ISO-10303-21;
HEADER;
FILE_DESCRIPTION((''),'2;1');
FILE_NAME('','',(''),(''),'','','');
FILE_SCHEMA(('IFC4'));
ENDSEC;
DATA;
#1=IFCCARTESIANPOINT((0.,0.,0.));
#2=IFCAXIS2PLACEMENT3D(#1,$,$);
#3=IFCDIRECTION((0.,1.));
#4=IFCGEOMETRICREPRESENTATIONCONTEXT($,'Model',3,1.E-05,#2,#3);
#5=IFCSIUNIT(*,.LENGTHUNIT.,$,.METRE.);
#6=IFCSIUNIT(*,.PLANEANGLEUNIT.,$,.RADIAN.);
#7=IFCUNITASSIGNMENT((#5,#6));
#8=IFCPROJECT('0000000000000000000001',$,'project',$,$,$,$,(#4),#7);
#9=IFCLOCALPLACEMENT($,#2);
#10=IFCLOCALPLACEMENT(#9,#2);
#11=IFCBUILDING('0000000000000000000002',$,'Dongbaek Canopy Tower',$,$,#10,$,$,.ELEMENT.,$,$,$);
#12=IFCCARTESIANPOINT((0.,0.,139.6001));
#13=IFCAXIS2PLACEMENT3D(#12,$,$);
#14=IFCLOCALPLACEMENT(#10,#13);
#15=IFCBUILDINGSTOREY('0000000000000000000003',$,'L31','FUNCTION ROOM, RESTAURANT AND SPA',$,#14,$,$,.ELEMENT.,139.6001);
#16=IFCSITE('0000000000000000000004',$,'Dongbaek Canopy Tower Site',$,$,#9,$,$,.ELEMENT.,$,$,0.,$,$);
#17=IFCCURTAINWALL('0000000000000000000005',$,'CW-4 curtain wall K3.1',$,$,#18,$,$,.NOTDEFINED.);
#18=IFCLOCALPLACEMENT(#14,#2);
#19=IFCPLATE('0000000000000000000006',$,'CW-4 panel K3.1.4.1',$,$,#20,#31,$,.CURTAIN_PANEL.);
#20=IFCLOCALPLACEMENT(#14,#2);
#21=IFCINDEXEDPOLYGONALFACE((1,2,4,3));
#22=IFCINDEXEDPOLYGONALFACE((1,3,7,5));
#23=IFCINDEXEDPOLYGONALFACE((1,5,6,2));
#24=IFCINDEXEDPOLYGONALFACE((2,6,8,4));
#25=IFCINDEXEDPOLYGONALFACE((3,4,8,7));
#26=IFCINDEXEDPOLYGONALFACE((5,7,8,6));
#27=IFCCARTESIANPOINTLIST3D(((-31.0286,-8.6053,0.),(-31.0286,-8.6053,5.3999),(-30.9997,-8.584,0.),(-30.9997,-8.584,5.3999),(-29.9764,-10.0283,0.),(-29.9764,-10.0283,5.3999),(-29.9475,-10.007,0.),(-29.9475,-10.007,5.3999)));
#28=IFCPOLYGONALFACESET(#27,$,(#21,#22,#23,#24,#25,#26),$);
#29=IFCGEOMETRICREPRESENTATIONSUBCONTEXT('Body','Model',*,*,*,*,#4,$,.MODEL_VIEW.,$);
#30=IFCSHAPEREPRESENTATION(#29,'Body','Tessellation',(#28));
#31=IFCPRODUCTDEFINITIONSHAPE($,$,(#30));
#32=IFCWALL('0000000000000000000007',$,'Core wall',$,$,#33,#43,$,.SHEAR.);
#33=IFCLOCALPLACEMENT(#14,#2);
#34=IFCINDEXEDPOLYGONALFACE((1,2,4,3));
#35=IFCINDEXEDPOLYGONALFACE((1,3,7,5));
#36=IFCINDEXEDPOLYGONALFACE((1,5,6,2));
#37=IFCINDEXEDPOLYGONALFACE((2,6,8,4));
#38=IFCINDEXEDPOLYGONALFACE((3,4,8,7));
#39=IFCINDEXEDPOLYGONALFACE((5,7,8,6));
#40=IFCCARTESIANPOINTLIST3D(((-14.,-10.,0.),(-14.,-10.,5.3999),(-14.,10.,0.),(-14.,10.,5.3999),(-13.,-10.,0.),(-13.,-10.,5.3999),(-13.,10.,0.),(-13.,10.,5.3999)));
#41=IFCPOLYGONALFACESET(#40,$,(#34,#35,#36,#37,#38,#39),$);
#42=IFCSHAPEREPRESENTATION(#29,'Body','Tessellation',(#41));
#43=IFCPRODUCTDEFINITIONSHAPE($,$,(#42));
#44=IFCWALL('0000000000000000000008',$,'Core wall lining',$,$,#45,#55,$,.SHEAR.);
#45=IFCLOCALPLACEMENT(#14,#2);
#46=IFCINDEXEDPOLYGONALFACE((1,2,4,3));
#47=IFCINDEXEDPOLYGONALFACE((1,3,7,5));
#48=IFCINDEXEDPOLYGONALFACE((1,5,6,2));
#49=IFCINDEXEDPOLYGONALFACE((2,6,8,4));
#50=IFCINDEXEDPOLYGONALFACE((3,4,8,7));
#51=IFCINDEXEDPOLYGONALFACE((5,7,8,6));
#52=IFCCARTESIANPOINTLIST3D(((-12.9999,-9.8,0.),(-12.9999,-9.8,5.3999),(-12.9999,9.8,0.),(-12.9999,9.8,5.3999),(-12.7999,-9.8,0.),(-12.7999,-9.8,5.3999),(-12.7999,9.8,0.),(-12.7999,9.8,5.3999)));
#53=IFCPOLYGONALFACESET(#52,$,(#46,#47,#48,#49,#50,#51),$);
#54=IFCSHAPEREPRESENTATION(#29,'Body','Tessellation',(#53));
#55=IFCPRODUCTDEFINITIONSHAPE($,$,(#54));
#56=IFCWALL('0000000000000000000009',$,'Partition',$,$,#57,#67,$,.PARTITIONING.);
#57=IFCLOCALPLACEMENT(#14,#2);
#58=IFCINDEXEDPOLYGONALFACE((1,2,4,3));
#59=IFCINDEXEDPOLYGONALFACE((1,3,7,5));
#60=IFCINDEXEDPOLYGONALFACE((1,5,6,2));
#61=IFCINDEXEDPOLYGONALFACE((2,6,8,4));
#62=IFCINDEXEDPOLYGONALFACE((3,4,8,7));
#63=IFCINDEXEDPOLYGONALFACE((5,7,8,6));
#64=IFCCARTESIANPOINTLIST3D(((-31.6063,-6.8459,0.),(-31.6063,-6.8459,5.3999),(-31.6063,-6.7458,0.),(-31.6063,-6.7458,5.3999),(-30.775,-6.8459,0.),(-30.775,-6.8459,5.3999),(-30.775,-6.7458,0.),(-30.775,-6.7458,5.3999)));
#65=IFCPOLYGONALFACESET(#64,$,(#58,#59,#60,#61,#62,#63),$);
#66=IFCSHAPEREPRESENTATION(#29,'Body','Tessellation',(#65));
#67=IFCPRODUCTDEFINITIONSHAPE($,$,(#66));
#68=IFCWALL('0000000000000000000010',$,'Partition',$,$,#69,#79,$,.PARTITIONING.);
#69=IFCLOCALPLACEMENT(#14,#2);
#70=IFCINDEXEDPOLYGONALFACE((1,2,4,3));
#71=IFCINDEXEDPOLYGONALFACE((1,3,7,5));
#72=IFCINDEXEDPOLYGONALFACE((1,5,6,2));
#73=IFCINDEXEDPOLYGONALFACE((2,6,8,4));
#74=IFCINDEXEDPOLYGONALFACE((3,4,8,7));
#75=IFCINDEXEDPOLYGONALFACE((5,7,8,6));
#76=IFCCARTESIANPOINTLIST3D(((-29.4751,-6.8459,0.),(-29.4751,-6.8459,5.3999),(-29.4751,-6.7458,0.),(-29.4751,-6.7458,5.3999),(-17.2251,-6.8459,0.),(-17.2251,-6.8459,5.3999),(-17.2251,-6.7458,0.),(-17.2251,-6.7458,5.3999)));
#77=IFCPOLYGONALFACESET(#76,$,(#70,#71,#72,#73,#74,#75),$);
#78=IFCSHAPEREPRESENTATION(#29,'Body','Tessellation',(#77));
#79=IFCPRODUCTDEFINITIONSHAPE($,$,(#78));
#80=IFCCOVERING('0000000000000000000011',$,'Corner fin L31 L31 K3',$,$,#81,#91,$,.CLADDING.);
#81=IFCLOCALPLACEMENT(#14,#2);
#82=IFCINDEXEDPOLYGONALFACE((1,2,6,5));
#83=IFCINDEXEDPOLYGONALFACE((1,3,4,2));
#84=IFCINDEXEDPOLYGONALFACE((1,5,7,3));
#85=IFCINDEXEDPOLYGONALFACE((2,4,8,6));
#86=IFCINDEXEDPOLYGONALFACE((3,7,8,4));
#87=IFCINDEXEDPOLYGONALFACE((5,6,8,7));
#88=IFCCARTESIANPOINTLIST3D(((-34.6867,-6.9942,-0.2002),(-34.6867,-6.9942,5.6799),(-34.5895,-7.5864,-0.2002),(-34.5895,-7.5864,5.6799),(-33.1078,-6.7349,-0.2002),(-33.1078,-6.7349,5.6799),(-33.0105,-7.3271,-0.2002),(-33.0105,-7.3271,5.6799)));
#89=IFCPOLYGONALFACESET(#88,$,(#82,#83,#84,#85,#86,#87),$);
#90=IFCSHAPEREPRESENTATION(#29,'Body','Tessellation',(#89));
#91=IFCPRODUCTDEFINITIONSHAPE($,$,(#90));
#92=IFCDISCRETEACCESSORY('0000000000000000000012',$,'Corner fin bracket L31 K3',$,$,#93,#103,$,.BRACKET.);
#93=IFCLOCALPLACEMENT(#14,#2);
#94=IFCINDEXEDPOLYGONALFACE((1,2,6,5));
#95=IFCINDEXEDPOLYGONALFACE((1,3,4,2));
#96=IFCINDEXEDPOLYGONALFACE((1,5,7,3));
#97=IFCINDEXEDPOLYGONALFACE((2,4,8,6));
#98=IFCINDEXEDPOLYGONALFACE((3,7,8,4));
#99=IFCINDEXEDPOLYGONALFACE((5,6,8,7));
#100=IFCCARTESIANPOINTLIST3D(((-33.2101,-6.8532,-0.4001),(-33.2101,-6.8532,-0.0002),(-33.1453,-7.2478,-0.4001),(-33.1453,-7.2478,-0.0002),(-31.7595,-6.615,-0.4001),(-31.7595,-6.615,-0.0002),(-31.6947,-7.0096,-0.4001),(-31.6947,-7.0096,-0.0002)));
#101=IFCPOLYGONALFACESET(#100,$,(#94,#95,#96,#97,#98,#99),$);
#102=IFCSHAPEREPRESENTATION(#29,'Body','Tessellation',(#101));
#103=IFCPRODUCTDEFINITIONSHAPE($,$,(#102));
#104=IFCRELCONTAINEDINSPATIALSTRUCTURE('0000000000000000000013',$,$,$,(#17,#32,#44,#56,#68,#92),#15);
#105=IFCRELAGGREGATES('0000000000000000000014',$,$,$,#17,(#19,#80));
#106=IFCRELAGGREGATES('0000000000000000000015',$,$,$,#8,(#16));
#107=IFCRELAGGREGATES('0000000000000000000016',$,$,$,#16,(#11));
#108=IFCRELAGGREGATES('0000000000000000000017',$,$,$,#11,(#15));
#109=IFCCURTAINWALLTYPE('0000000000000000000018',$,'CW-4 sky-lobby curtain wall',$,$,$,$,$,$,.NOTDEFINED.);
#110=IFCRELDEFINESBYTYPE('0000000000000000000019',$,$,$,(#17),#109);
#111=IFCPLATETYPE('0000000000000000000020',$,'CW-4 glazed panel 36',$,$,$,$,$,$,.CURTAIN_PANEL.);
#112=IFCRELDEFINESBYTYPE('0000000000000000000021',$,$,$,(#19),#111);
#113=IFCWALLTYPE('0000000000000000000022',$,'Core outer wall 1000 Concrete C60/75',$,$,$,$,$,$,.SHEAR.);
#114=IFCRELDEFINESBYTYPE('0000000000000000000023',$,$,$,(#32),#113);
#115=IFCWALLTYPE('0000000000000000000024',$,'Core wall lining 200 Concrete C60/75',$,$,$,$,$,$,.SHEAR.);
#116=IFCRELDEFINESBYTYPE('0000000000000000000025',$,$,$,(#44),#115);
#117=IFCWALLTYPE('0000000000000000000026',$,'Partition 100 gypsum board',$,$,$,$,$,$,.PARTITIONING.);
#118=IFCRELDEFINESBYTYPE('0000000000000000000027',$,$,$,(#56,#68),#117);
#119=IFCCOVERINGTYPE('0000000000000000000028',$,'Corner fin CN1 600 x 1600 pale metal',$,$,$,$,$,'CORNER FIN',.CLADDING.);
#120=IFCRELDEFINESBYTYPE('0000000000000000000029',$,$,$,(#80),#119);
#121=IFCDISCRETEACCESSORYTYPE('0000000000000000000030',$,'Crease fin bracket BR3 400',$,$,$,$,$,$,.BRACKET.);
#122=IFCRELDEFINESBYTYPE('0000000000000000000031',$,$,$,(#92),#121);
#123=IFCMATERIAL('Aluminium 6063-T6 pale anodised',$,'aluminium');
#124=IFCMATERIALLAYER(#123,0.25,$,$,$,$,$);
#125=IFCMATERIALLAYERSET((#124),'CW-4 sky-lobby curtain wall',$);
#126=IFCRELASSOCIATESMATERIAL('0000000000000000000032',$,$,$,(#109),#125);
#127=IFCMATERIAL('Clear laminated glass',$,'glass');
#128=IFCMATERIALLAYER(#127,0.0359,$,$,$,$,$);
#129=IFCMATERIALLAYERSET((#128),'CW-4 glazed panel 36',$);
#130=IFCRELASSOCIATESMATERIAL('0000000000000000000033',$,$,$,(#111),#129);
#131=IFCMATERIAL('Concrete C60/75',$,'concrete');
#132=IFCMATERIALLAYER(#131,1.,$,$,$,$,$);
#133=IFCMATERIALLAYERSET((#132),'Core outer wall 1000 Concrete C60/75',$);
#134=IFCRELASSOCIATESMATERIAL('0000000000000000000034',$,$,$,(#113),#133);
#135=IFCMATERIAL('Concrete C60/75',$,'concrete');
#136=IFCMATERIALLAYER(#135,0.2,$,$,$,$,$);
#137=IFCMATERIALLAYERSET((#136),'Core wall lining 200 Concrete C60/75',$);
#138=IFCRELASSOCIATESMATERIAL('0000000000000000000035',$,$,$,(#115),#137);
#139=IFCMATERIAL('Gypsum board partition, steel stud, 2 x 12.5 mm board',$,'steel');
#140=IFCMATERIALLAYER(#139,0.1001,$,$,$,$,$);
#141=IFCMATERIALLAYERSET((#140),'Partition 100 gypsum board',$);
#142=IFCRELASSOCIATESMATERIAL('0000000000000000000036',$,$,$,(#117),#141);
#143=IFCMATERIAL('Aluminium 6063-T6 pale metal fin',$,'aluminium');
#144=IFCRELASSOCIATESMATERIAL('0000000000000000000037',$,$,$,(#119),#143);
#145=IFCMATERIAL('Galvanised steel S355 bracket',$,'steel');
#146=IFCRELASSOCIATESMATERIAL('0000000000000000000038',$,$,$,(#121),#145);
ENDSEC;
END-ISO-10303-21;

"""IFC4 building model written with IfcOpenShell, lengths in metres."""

from ifc_helpers import new_model, si_unit, direction, frame, frame_2d, origin, origin_2d, place, context, subcontext, project, spatial, rectangle, extrude, material, layer, layer_set, material_profile, profile_set, type_object, element, aggregate, save


model = new_model("IFC4")

# Units and contexts
model_context = context("Model", 3, precision=1e-05, world=origin(), true_north=direction((0.0, 1.0)))
body_context = subcontext(model_context, "Body", "Model", "MODEL_VIEW")
ifc_project = project(units=[si_unit("LENGTHUNIT", "METRE"), si_unit("PLANEANGLEUNIT", "RADIAN")], contexts=[model_context])

# Site, building, storey
site_placement = place(None, origin())
site = spatial("IfcSite", under=ifc_project, at=site_placement, Name="Dongbaek Canopy Tower Site", CompositionType="ELEMENT", RefElevation=0.0)
building_placement = place(site_placement, origin())
building = spatial("IfcBuilding", under=site, at=building_placement, Name="Dongbaek Canopy Tower", CompositionType="ELEMENT")
storey_placement = place(building_placement, frame((0.0, 0.0, 139.6001)))
storey = spatial("IfcBuildingStorey", under=building, at=storey_placement, Name="L31", Description="FUNCTION ROOM, RESTAURANT AND SPA", CompositionType="ELEMENT", Elevation=139.6001)

# Shared definitions
ifc_material_1 = material(Name="Aluminium 6063-T6 pale anodised", Category="aluminium")
ifc_layer_1 = layer(ifc_material_1, 0.25)
ifc_layer_set_1 = layer_set([ifc_layer_1], Name="CW-4 sky-lobby curtain wall")
curtain_wall_type = type_object("IfcCurtainWallType", Name="CW-4 sky-lobby curtain wall", PredefinedType="NOTDEFINED", material=ifc_layer_set_1)

# Curtain wall
curtain_wall_1_placement = place(storey_placement, origin())
curtain_wall_1 = element("IfcCurtainWall", 1, at=curtain_wall_1_placement, inside=storey, type_object=curtain_wall_type, Name="CW-4 curtain wall K3.1", PredefinedType="NOTDEFINED")

# Plate
ifc_material_2 = material(Name="Clear laminated glass", Category="glass")
ifc_layer_2 = layer(ifc_material_2, 0.0359)
ifc_layer_set_2 = layer_set([ifc_layer_2], Name="CW-4 glazed panel 36")
plate_type = type_object("IfcPlateType", Name="CW-4 glazed panel 36", PredefinedType="CURTAIN_PANEL", material=ifc_layer_set_2)
plate_1_placement = place(storey_placement, frame((-30.488, -9.3062, 0.0), z_axis=(0.0, 0.0, 1.0), x_axis=(0.594522, -0.804079, 0.0)))
plate_1 = element("IfcPlate", 2, at=plate_1_placement, type_object=plate_type, Name="CW-4 panel K3.1.4.1", PredefinedType="CURTAIN_PANEL", context=body_context, shape_type="SweptSolid", body=[
    extrude(rectangle(XDim=1.7698, YDim=0.0359, at=origin_2d()), origin(), (0.0, 0.0, 1.0), 5.3999),
])

# Walls
ifc_material_3 = material(Name="Concrete C60/75", Category="concrete")
ifc_layer_3 = layer(ifc_material_3, 1.0)
ifc_layer_set_3 = layer_set([ifc_layer_3], Name="Core outer wall 1000 Concrete C60/75")
wall_type_1 = type_object("IfcWallType", Name="Core outer wall 1000 Concrete C60/75", PredefinedType="SHEAR", material=ifc_layer_set_3)
wall_1_placement = place(storey_placement, frame((-13.5, -10.0, 0.0), z_axis=(0.0, 0.0, 1.0), x_axis=(0.0, 1.0, 0.0)))
element("IfcWall", 3, at=wall_1_placement, inside=storey, type_object=wall_type_1, Name="Core wall", PredefinedType="SHEAR", context=body_context, shape_type="SweptSolid", body=[
    extrude(rectangle(XDim=20.0, YDim=1.0, at=frame_2d((10.0, 0.0))), origin(), (0.0, 0.0, 1.0), 5.3999),
])
ifc_material_4 = material(Name="Concrete C60/75", Category="concrete")
ifc_layer_4 = layer(ifc_material_4, 0.2)
ifc_layer_set_4 = layer_set([ifc_layer_4], Name="Core wall lining 200 Concrete C60/75")
wall_type_2 = type_object("IfcWallType", Name="Core wall lining 200 Concrete C60/75", PredefinedType="SHEAR", material=ifc_layer_set_4)
wall_2_placement = place(storey_placement, frame((-12.8999, -9.8, 0.0), z_axis=(0.0, 0.0, 1.0), x_axis=(0.0, 1.0, 0.0)))
element("IfcWall", 4, at=wall_2_placement, inside=storey, type_object=wall_type_2, Name="Core wall lining", PredefinedType="SHEAR", context=body_context, shape_type="SweptSolid", body=[
    extrude(rectangle(XDim=19.6001, YDim=0.2, at=frame_2d((9.8, 0.0))), origin(), (0.0, 0.0, 1.0), 5.3999),
])
ifc_material_5 = material(Name="Gypsum board partition, steel stud, 2 x 12.5 mm board", Category="steel")
ifc_layer_5 = layer(ifc_material_5, 0.1001)
ifc_layer_set_5 = layer_set([ifc_layer_5], Name="Partition 100 gypsum board")
wall_type_3 = type_object("IfcWallType", Name="Partition 100 gypsum board", PredefinedType="PARTITIONING", material=ifc_layer_set_5)
wall_3_placement = place(storey_placement, frame((-31.6062, -6.7959, 0.0), z_axis=(0.0, 0.0, 1.0), x_axis=(1.0, 0.0, 0.0)))
element("IfcWall", 5, at=wall_3_placement, inside=storey, type_object=wall_type_3, Name="Partition", PredefinedType="PARTITIONING", context=body_context, shape_type="SweptSolid", body=[
    extrude(rectangle(XDim=0.8313, YDim=0.1001, at=frame_2d((0.4155, 0.0))), origin(), (0.0, 0.0, 1.0), 5.3999),
])
wall_4_placement = place(storey_placement, frame((-29.4751, -6.7959, 0.0), z_axis=(0.0, 0.0, 1.0), x_axis=(1.0, 0.0, 0.0)))
element("IfcWall", 6, at=wall_4_placement, inside=storey, type_object=wall_type_3, Name="Partition", PredefinedType="PARTITIONING", context=body_context, shape_type="SweptSolid", body=[
    extrude(rectangle(XDim=12.25, YDim=0.1001, at=frame_2d((6.125, 0.0))), origin(), (0.0, 0.0, 1.0), 5.3999),
])

# Covering
ifc_material_6 = material(Name="Aluminium 6063-T6 pale metal fin", Category="aluminium")
ifc_material_profile_1 = material_profile(ifc_material_6, rectangle(XDim=1.6001, YDim=0.6001, at=origin_2d()), Name="Corner fin CN1 600 x 1600 pale metal")
ifc_profile_set_1 = profile_set([ifc_material_profile_1], Name="Aluminium 6063-T6 pale metal fin")
covering_type = type_object("IfcCoveringType", Name="Corner fin CN1 600 x 1600 pale metal", ElementType="CORNER FIN", PredefinedType="CLADDING", material=ifc_profile_set_1)
covering_placement = place(storey_placement, frame((-33.8486, -7.1606, -0.2002), z_axis=(0.0, 0.0, 1.0), x_axis=(-0.986777, -0.162084, 0.0)))
covering = element("IfcCovering", 7, at=covering_placement, type_object=covering_type, Name="Corner fin L31 L31 K3", PredefinedType="CLADDING", context=body_context, shape_type="SweptSolid", body=[
    extrude(rectangle(XDim=1.6001, YDim=0.6001, at=origin_2d()), origin(), (0.0, 0.0, 1.0), 5.8801),
])
aggregate(curtain_wall_1, [plate_1, covering])

# Discrete accessory
ifc_material_7 = material(Name="Galvanised steel S355 bracket", Category="steel")
discrete_accessory_type = type_object("IfcDiscreteAccessoryType", Name="Crease fin bracket BR3 400", PredefinedType="BRACKET", material=ifc_material_7)
discrete_accessory_placement = place(storey_placement, frame((-32.4524, -6.9314, -0.4001), z_axis=(0.0, 0.0, 1.0), x_axis=(-0.986777, -0.162084, 0.0)))
element("IfcDiscreteAccessory", 8, at=discrete_accessory_placement, inside=storey, type_object=discrete_accessory_type, Name="Corner fin bracket L31 K3", PredefinedType="BRACKET", context=body_context, shape_type="SweptSolid", body=[
    extrude(rectangle(XDim=1.47, YDim=0.3999, at=origin_2d()), origin(), (0.0, 0.0, 1.0), 0.3999),
])

save(model, "model.ifc")
